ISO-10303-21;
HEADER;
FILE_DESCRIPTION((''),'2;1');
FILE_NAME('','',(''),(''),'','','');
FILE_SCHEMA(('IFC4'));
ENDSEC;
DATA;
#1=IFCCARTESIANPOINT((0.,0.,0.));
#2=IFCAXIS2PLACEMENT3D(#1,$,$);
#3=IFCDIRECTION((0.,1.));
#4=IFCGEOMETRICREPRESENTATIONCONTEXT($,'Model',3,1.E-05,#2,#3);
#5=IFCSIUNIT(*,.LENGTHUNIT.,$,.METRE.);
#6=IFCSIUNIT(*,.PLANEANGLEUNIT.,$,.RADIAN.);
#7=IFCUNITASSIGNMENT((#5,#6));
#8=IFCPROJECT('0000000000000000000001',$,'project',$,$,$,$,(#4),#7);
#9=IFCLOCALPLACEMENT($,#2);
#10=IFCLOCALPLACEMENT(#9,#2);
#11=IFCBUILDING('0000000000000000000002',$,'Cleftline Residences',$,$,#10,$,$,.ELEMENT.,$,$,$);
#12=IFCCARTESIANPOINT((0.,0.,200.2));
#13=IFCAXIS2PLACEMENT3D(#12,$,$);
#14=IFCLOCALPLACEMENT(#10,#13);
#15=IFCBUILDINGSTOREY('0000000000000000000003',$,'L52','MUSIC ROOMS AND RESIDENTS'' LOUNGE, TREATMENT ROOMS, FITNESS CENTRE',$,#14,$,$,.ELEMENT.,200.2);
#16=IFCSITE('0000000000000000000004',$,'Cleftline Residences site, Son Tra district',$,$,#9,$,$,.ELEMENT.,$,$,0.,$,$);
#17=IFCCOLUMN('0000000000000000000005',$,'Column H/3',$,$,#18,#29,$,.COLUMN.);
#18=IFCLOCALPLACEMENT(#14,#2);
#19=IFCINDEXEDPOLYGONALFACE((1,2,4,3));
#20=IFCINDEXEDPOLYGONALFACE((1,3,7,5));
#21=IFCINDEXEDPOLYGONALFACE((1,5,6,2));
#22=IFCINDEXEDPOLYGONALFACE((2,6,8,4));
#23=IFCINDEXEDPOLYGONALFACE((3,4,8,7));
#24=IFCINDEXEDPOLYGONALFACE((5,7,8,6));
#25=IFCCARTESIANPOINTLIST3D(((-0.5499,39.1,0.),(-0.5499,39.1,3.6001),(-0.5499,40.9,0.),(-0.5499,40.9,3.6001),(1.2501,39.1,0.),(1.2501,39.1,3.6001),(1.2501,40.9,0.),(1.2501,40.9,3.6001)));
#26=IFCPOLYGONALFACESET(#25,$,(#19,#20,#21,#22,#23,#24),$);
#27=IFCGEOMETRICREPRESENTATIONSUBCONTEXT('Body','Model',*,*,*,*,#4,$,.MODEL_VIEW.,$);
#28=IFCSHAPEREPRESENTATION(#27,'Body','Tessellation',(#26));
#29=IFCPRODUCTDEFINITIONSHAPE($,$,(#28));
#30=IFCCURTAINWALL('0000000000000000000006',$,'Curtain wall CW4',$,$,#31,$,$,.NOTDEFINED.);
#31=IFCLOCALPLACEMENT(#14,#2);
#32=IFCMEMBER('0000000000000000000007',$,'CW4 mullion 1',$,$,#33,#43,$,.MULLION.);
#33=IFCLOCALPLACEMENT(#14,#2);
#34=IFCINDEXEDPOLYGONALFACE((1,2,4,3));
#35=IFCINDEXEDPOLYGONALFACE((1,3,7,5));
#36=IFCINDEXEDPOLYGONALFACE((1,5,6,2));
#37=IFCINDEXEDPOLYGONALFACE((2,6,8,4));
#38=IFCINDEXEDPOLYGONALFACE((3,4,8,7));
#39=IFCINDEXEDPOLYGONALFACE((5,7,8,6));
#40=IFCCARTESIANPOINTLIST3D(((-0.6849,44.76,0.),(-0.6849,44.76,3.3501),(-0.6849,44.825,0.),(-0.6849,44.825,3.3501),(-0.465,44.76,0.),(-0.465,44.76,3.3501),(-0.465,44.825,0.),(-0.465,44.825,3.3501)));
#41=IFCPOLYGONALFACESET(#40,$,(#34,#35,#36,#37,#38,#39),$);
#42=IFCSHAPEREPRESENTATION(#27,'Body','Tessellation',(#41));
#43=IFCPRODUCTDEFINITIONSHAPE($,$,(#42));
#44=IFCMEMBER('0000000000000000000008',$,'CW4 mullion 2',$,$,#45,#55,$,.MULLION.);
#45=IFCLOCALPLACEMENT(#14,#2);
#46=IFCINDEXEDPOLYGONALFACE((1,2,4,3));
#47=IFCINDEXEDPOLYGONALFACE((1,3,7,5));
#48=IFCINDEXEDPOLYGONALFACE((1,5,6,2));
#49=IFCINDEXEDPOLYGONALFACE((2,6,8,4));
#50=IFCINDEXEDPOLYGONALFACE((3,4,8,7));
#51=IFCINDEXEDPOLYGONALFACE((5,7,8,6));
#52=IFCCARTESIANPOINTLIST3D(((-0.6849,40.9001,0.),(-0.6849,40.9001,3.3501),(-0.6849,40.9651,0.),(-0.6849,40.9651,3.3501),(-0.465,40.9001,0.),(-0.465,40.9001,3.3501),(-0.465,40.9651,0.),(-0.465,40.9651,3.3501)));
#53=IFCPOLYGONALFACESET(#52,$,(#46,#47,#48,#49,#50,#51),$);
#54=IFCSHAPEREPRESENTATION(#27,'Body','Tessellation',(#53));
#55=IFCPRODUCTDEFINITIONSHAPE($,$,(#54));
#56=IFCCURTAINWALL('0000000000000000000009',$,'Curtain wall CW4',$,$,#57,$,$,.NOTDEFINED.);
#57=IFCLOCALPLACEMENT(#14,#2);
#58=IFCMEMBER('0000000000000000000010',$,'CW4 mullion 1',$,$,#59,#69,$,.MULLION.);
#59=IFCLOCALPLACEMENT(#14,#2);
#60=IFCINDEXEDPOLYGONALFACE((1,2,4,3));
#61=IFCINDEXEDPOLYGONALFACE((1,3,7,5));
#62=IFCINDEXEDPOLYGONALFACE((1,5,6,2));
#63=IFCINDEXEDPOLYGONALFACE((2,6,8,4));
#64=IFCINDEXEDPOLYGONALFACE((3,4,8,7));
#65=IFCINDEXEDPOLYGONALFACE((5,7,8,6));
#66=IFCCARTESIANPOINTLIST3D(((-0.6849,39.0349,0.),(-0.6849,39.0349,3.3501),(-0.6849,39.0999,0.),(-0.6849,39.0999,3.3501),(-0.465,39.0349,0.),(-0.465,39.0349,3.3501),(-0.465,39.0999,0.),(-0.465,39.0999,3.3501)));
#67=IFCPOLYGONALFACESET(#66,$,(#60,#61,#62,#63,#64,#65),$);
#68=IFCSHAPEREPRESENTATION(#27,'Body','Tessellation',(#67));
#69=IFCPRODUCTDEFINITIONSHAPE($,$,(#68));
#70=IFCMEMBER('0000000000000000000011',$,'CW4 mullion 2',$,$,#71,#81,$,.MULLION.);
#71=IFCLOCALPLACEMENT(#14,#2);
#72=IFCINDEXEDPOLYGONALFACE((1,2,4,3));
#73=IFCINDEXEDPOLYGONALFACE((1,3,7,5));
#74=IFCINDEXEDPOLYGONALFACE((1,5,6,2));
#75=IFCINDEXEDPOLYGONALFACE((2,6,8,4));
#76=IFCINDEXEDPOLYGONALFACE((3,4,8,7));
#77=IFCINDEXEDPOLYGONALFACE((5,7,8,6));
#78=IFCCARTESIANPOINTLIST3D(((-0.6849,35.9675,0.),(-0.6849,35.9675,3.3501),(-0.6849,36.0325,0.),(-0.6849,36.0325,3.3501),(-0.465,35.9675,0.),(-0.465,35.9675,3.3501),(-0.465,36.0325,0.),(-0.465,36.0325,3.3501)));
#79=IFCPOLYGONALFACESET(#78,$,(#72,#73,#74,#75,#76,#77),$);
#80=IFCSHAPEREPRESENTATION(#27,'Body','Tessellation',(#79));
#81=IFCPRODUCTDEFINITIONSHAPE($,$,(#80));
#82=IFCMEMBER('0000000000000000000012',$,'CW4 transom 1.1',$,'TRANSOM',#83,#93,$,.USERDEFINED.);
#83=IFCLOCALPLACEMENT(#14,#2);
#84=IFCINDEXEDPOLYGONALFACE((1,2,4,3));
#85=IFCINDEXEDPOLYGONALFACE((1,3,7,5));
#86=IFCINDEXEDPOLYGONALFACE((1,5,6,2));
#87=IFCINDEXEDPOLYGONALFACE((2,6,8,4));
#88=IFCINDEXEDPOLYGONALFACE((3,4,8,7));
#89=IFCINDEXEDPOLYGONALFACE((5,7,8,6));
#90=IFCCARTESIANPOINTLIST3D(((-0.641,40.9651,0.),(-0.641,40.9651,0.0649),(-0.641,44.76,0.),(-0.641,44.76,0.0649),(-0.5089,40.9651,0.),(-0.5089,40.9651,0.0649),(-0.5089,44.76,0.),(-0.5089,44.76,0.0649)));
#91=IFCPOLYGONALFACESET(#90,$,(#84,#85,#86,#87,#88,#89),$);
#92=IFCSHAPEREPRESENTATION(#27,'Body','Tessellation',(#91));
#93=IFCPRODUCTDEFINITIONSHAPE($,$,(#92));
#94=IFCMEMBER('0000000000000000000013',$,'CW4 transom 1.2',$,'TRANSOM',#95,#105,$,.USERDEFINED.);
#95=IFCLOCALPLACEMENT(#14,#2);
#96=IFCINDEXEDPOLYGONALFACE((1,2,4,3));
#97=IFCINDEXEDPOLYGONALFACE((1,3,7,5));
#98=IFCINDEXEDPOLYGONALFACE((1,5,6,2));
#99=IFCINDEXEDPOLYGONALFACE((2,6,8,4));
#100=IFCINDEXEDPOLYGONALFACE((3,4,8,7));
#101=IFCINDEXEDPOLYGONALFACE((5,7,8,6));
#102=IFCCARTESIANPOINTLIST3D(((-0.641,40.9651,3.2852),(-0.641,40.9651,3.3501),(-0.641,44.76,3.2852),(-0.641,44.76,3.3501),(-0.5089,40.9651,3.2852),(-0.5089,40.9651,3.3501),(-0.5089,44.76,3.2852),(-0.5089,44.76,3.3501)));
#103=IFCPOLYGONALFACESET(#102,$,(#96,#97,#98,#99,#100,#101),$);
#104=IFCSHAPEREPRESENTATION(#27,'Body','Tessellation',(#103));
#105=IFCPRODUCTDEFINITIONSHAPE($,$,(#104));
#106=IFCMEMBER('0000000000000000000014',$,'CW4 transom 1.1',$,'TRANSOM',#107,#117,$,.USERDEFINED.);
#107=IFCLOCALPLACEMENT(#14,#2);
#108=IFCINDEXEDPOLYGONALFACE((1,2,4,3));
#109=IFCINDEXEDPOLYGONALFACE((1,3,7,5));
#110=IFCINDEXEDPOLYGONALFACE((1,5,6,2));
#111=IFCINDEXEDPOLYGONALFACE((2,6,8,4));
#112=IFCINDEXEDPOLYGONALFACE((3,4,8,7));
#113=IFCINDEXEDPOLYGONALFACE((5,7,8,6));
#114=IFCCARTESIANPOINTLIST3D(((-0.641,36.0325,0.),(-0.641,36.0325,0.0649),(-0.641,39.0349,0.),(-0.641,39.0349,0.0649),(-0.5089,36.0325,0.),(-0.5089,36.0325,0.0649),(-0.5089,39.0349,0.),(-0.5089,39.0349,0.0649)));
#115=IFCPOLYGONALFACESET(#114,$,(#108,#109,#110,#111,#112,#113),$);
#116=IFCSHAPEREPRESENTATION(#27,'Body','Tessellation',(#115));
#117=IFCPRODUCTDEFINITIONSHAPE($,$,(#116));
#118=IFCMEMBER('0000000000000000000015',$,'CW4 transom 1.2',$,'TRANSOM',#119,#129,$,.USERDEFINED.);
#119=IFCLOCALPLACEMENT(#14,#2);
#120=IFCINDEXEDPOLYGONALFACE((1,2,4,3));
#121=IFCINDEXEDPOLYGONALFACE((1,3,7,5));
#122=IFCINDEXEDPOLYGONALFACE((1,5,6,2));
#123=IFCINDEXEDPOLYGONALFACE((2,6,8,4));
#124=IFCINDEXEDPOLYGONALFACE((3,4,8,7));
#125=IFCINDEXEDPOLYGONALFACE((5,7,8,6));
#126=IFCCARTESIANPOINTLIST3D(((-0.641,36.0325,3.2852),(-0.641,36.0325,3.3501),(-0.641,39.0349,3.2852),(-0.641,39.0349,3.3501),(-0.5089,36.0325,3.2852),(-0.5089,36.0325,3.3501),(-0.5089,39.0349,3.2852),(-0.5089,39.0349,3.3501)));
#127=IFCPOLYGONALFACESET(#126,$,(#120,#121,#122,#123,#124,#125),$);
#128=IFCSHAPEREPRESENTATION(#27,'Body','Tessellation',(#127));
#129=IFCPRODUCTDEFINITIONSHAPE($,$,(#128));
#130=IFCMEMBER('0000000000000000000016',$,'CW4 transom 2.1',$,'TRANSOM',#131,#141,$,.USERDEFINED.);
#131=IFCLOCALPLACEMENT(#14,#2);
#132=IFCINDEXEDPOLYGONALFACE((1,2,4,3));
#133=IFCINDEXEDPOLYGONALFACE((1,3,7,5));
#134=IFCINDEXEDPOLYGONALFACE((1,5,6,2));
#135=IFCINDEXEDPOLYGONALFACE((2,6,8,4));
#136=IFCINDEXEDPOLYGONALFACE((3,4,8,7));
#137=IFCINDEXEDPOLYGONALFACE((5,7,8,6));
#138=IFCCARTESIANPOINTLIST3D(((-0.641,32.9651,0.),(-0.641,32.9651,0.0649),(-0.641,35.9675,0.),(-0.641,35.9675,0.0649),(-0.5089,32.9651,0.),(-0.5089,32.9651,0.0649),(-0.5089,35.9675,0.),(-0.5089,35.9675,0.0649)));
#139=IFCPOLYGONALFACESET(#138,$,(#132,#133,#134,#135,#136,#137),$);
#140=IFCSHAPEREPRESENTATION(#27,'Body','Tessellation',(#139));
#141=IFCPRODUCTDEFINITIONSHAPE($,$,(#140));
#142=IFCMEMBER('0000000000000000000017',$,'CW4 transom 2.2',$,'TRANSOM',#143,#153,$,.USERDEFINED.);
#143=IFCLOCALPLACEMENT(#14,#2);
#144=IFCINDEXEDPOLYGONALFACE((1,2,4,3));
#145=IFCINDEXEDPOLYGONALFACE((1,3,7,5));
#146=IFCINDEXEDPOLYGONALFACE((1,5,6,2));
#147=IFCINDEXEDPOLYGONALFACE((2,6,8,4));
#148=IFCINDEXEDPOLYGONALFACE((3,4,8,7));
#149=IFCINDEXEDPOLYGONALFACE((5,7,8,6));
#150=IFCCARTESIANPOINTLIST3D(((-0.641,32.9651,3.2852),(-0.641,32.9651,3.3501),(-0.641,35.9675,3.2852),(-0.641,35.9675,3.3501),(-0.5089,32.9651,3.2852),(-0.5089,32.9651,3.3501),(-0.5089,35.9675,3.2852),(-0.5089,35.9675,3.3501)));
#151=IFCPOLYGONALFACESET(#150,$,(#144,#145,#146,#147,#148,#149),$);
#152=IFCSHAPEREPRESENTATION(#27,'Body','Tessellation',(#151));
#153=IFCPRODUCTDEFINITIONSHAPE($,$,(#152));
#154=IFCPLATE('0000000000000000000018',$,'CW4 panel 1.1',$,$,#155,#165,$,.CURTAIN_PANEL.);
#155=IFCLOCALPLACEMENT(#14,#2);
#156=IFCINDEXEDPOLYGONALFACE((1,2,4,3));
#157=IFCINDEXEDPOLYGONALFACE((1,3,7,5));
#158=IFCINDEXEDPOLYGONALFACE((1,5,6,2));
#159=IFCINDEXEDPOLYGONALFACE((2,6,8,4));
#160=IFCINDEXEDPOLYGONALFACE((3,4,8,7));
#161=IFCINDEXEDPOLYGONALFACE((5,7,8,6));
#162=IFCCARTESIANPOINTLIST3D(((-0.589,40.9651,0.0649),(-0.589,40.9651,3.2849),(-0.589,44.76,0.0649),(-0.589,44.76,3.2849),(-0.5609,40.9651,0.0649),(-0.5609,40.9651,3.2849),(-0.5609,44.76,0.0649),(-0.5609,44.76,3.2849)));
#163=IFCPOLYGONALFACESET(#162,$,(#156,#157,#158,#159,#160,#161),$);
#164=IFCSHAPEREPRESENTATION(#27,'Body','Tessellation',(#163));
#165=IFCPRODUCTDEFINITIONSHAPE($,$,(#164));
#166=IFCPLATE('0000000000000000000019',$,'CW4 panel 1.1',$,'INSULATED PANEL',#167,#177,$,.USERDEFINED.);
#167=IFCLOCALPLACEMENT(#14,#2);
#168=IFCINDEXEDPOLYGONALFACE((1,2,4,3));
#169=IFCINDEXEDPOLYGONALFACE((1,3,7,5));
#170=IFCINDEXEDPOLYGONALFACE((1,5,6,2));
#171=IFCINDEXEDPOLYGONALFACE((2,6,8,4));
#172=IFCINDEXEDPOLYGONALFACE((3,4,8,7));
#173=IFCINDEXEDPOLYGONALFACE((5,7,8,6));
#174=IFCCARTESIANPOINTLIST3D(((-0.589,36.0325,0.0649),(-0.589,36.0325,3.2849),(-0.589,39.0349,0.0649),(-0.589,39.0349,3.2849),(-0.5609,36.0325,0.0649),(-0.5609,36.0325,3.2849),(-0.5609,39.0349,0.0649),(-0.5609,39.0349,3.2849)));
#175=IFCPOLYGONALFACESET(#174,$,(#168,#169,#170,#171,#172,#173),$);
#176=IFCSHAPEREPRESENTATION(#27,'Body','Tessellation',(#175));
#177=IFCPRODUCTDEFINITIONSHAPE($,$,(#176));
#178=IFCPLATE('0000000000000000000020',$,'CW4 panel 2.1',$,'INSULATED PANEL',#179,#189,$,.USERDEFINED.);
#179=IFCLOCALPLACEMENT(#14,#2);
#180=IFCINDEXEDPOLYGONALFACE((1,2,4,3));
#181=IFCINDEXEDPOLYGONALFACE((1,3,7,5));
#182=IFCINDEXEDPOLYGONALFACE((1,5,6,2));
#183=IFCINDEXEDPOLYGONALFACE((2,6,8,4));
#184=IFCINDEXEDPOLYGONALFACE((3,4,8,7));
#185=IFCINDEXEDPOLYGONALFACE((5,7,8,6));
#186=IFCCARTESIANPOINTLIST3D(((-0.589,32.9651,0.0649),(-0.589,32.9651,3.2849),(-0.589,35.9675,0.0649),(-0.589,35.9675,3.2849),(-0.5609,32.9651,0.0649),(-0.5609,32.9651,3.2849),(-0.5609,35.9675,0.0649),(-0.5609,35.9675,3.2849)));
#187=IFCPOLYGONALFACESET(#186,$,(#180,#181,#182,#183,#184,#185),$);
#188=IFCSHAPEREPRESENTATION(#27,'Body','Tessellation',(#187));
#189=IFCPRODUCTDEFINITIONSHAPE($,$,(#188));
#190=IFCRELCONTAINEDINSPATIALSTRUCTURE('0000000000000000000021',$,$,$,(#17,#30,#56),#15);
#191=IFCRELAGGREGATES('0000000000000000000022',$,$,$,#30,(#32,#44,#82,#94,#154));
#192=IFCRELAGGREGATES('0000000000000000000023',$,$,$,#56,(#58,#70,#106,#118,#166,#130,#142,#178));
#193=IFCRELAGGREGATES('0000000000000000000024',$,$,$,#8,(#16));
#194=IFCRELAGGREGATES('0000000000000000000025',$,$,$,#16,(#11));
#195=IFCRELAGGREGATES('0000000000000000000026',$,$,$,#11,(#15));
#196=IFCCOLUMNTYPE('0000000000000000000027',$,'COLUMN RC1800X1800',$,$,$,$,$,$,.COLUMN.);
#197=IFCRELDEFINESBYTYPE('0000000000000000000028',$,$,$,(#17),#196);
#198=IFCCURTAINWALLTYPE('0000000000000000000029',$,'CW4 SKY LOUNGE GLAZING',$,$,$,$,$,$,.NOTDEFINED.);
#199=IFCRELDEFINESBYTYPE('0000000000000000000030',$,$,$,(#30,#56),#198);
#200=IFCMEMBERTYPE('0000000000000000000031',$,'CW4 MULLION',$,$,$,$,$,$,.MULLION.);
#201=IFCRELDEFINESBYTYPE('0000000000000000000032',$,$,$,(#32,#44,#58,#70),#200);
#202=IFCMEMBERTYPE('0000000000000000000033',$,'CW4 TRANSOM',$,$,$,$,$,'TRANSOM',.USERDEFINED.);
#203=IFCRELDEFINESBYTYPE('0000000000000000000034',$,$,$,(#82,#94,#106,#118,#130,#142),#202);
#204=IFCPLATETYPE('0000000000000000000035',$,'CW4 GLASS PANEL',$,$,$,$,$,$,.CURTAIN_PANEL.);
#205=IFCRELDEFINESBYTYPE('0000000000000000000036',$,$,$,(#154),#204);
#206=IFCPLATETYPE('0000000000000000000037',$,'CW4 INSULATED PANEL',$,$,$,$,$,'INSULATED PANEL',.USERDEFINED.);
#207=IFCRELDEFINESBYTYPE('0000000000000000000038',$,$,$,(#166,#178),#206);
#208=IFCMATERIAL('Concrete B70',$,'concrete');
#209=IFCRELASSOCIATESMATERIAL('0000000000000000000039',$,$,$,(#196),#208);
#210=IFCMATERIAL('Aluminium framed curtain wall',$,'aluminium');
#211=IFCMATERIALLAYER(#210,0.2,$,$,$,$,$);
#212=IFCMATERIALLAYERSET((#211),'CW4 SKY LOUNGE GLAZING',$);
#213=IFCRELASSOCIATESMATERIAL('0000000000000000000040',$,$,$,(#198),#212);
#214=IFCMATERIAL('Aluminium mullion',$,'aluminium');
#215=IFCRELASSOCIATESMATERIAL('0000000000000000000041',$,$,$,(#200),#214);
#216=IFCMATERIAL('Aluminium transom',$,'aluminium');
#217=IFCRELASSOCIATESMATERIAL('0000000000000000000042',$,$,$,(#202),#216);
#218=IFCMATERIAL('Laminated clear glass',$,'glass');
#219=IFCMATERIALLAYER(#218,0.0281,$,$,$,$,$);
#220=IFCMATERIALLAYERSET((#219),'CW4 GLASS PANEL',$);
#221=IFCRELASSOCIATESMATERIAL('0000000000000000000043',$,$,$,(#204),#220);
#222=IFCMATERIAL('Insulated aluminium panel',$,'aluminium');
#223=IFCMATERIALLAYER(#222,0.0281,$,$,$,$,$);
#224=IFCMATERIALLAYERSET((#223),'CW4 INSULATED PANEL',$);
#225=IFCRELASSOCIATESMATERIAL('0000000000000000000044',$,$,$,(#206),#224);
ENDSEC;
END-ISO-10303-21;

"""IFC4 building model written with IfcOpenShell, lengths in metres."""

from ifc_helpers import new_model, si_unit, direction, frame, origin, origin_2d, place, context, subcontext, project, spatial, rectangle, extrude, material, layer, layer_set, material_profile, profile_set, type_object, element, aggregate, save


model = new_model("IFC4")

# Units and contexts
model_context = context("Model", 3, precision=1e-05, world=origin(), true_north=direction((0.0, 1.0)))
body_context = subcontext(model_context, "Body", "Model", "MODEL_VIEW")
ifc_project = project(units=[si_unit("LENGTHUNIT", "METRE"), si_unit("PLANEANGLEUNIT", "RADIAN")], contexts=[model_context])

# Site, building, storey
site_placement = place(None, origin())
site = spatial("IfcSite", under=ifc_project, at=site_placement, Name="Cleftline Residences site, Son Tra district", CompositionType="ELEMENT", RefElevation=0.0)
building_placement = place(site_placement, origin())
building = spatial("IfcBuilding", under=site, at=building_placement, Name="Cleftline Residences", CompositionType="ELEMENT")
storey_placement = place(building_placement, frame((0.0, 0.0, 200.2)))
storey = spatial("IfcBuildingStorey", under=building, at=storey_placement, Name="L52", Description="MUSIC ROOMS AND RESIDENTS' LOUNGE, TREATMENT ROOMS, FITNESS CENTRE", CompositionType="ELEMENT", Elevation=200.2)

# Column
ifc_material_1 = material(Name="Concrete B70", Category="concrete")
ifc_material_profile_1 = material_profile(ifc_material_1, rectangle(XDim=1.8, YDim=1.8, at=origin_2d()))
ifc_profile_set_1 = profile_set([ifc_material_profile_1], Name="Concrete B70")
column_type = type_object("IfcColumnType", Name="COLUMN RC1800X1800", PredefinedType="COLUMN", material=ifc_profile_set_1)
column_placement = place(storey_placement, frame((0.3501, 40.0, 0.0), z_axis=(0.0, 0.0, 1.0), x_axis=(1.0, 0.0, 0.0)))
element("IfcColumn", 1, at=column_placement, inside=storey, type_object=column_type, Name="Column H/3", PredefinedType="COLUMN", context=body_context, shape_type="SweptSolid", body=[
    extrude(rectangle(XDim=1.8, YDim=1.8, at=origin_2d()), origin(), (0.0, 0.0, 1.0), 3.6001),
])

# Curtain walls, members
ifc_material_2 = material(Name="Aluminium framed curtain wall", Category="aluminium")
ifc_layer_1 = layer(ifc_material_2, 0.2)
ifc_layer_set_1 = layer_set([ifc_layer_1], Name="CW4 SKY LOUNGE GLAZING")
curtain_wall_type = type_object("IfcCurtainWallType", Name="CW4 SKY LOUNGE GLAZING", PredefinedType="NOTDEFINED", material=ifc_layer_set_1)
curtain_wall_1_placement = place(storey_placement, origin())
curtain_wall_1 = element("IfcCurtainWall", 2, at=curtain_wall_1_placement, inside=storey, type_object=curtain_wall_type, Name="Curtain wall CW4", PredefinedType="NOTDEFINED")
ifc_material_3 = material(Name="Aluminium mullion", Category="aluminium")
ifc_material_profile_2 = material_profile(ifc_material_3, rectangle(XDim=0.22, YDim=0.0649, at=origin_2d()))
ifc_profile_set_2 = profile_set([ifc_material_profile_2], Name="Aluminium mullion")
member_type_1 = type_object("IfcMemberType", Name="CW4 MULLION", PredefinedType="MULLION", material=ifc_profile_set_2)
member_1_placement = place(storey_placement, frame((-0.575, 44.7925, 0.0), z_axis=(0.0, 0.0, 1.0), x_axis=(1.0, 0.0, 0.0)))
member_1 = element("IfcMember", 3, at=member_1_placement, type_object=member_type_1, Name="CW4 mullion 1", PredefinedType="MULLION", context=body_context, shape_type="SweptSolid", body=[
    extrude(rectangle(XDim=0.22, YDim=0.0649, at=origin_2d()), origin(), (0.0, 0.0, 1.0), 3.3501),
])
member_2_placement = place(storey_placement, frame((-0.575, 40.9326, 0.0), z_axis=(0.0, 0.0, 1.0), x_axis=(1.0, 0.0, 0.0)))
member_2 = element("IfcMember", 4, at=member_2_placement, type_object=member_type_1, Name="CW4 mullion 2", PredefinedType="MULLION", context=body_context, shape_type="SweptSolid", body=[
    extrude(rectangle(XDim=0.22, YDim=0.0649, at=origin_2d()), origin(), (0.0, 0.0, 1.0), 3.3501),
])
curtain_wall_2_placement = place(storey_placement, origin())
curtain_wall_2 = element("IfcCurtainWall", 5, at=curtain_wall_2_placement, inside=storey, type_object=curtain_wall_type, Name="Curtain wall CW4", PredefinedType="NOTDEFINED")
member_3_placement = place(storey_placement, frame((-0.575, 39.0674, 0.0), z_axis=(0.0, 0.0, 1.0), x_axis=(1.0, 0.0, 0.0)))
member_3 = element("IfcMember", 6, at=member_3_placement, type_object=member_type_1, Name="CW4 mullion 1", PredefinedType="MULLION", context=body_context, shape_type="SweptSolid", body=[
    extrude(rectangle(XDim=0.22, YDim=0.0649, at=origin_2d()), origin(), (0.0, 0.0, 1.0), 3.3501),
])
member_4_placement = place(storey_placement, frame((-0.575, 36.0, 0.0), z_axis=(0.0, 0.0, 1.0), x_axis=(1.0, 0.0, 0.0)))
member_4 = element("IfcMember", 7, at=member_4_placement, type_object=member_type_1, Name="CW4 mullion 2", PredefinedType="MULLION", context=body_context, shape_type="SweptSolid", body=[
    extrude(rectangle(XDim=0.22, YDim=0.0649, at=origin_2d()), origin(), (0.0, 0.0, 1.0), 3.3501),
])

# Members
ifc_material_4 = material(Name="Aluminium transom", Category="aluminium")
ifc_material_profile_3 = material_profile(ifc_material_4, rectangle(XDim=0.1321, YDim=0.0649, at=origin_2d()))
ifc_profile_set_3 = profile_set([ifc_material_profile_3], Name="Aluminium transom")
member_type_2 = type_object("IfcMemberType", Name="CW4 TRANSOM", ElementType="TRANSOM", PredefinedType="USERDEFINED", material=ifc_profile_set_3)
member_5_placement = place(storey_placement, frame((-0.575, 44.76, 0.0325), z_axis=(0.0, -1.0, 0.0), x_axis=(1.0, 0.0, 0.0)))
member_5 = element("IfcMember", 8, at=member_5_placement, type_object=member_type_2, Name="CW4 transom 1.1", ObjectType="TRANSOM", PredefinedType="USERDEFINED", context=body_context, shape_type="SweptSolid", body=[
    extrude(rectangle(XDim=0.1321, YDim=0.0649, at=origin_2d()), origin(), (0.0, 0.0, 1.0), 3.7949),
])
member_6_placement = place(storey_placement, frame((-0.575, 44.76, 3.3176), z_axis=(0.0, -1.0, 0.0), x_axis=(1.0, 0.0, 0.0)))
member_6 = element("IfcMember", 9, at=member_6_placement, type_object=member_type_2, Name="CW4 transom 1.2", ObjectType="TRANSOM", PredefinedType="USERDEFINED", context=body_context, shape_type="SweptSolid", body=[
    extrude(rectangle(XDim=0.1321, YDim=0.0649, at=origin_2d()), origin(), (0.0, 0.0, 1.0), 3.7949),
])
member_7_placement = place(storey_placement, frame((-0.575, 39.0349, 0.0325), z_axis=(0.0, -1.0, 0.0), x_axis=(1.0, 0.0, 0.0)))
member_7 = element("IfcMember", 10, at=member_7_placement, type_object=member_type_2, Name="CW4 transom 1.1", ObjectType="TRANSOM", PredefinedType="USERDEFINED", context=body_context, shape_type="SweptSolid", body=[
    extrude(rectangle(XDim=0.1321, YDim=0.0649, at=origin_2d()), origin(), (0.0, 0.0, 1.0), 3.0024),
])
member_8_placement = place(storey_placement, frame((-0.575, 39.0349, 3.3176), z_axis=(0.0, -1.0, 0.0), x_axis=(1.0, 0.0, 0.0)))
member_8 = element("IfcMember", 11, at=member_8_placement, type_object=member_type_2, Name="CW4 transom 1.2", ObjectType="TRANSOM", PredefinedType="USERDEFINED", context=body_context, shape_type="SweptSolid", body=[
    extrude(rectangle(XDim=0.1321, YDim=0.0649, at=origin_2d()), origin(), (0.0, 0.0, 1.0), 3.0024),
])
member_9_placement = place(storey_placement, frame((-0.575, 35.9675, 0.0325), z_axis=(0.0, -1.0, 0.0), x_axis=(1.0, 0.0, 0.0)))
member_9 = element("IfcMember", 12, at=member_9_placement, type_object=member_type_2, Name="CW4 transom 2.1", ObjectType="TRANSOM", PredefinedType="USERDEFINED", context=body_context, shape_type="SweptSolid", body=[
    extrude(rectangle(XDim=0.1321, YDim=0.0649, at=origin_2d()), origin(), (0.0, 0.0, 1.0), 3.0024),
])
member_10_placement = place(storey_placement, frame((-0.575, 35.9675, 3.3176), z_axis=(0.0, -1.0, 0.0), x_axis=(1.0, 0.0, 0.0)))
member_10 = element("IfcMember", 13, at=member_10_placement, type_object=member_type_2, Name="CW4 transom 2.2", ObjectType="TRANSOM", PredefinedType="USERDEFINED", context=body_context, shape_type="SweptSolid", body=[
    extrude(rectangle(XDim=0.1321, YDim=0.0649, at=origin_2d()), origin(), (0.0, 0.0, 1.0), 3.0024),
])

# Plates
ifc_material_5 = material(Name="Laminated clear glass", Category="glass")
ifc_layer_2 = layer(ifc_material_5, 0.0281)
ifc_layer_set_2 = layer_set([ifc_layer_2], Name="CW4 GLASS PANEL")
plate_type_1 = type_object("IfcPlateType", Name="CW4 GLASS PANEL", PredefinedType="CURTAIN_PANEL", material=ifc_layer_set_2)
plate_1_placement = place(storey_placement, frame((-0.575, 42.8625, 0.0649), z_axis=(0.0, 0.0, 1.0), x_axis=(0.0, -1.0, 0.0)))
plate_1 = element("IfcPlate", 14, at=plate_1_placement, type_object=plate_type_1, Name="CW4 panel 1.1", PredefinedType="CURTAIN_PANEL", context=body_context, shape_type="SweptSolid", body=[
    extrude(rectangle(XDim=3.7949, YDim=0.0281, at=origin_2d()), origin(), (0.0, 0.0, 1.0), 3.22),
])
aggregate(curtain_wall_1, [member_1, member_2, member_5, member_6, plate_1])
ifc_material_6 = material(Name="Insulated aluminium panel", Category="aluminium")
ifc_layer_3 = layer(ifc_material_6, 0.0281)
ifc_layer_set_3 = layer_set([ifc_layer_3], Name="CW4 INSULATED PANEL")
plate_type_2 = type_object("IfcPlateType", Name="CW4 INSULATED PANEL", ElementType="INSULATED PANEL", PredefinedType="USERDEFINED", material=ifc_layer_set_3)
plate_2_placement = place(storey_placement, frame((-0.575, 37.5337, 0.0649), z_axis=(0.0, 0.0, 1.0), x_axis=(0.0, -1.0, 0.0)))
plate_2 = element("IfcPlate", 15, at=plate_2_placement, type_object=plate_type_2, Name="CW4 panel 1.1", ObjectType="INSULATED PANEL", PredefinedType="USERDEFINED", context=body_context, shape_type="SweptSolid", body=[
    extrude(rectangle(XDim=3.0024, YDim=0.0281, at=origin_2d()), origin(), (0.0, 0.0, 1.0), 3.22),
])
plate_3_placement = place(storey_placement, frame((-0.575, 34.4663, 0.0649), z_axis=(0.0, 0.0, 1.0), x_axis=(0.0, -1.0, 0.0)))
plate_3 = element("IfcPlate", 16, at=plate_3_placement, type_object=plate_type_2, Name="CW4 panel 2.1", ObjectType="INSULATED PANEL", PredefinedType="USERDEFINED", context=body_context, shape_type="SweptSolid", body=[
    extrude(rectangle(XDim=3.0024, YDim=0.0281, at=origin_2d()), origin(), (0.0, 0.0, 1.0), 3.22),
])
aggregate(curtain_wall_2, [member_3, member_4, member_7, member_8, plate_2, member_9, member_10, plate_3])

save(model, "model.ifc")
